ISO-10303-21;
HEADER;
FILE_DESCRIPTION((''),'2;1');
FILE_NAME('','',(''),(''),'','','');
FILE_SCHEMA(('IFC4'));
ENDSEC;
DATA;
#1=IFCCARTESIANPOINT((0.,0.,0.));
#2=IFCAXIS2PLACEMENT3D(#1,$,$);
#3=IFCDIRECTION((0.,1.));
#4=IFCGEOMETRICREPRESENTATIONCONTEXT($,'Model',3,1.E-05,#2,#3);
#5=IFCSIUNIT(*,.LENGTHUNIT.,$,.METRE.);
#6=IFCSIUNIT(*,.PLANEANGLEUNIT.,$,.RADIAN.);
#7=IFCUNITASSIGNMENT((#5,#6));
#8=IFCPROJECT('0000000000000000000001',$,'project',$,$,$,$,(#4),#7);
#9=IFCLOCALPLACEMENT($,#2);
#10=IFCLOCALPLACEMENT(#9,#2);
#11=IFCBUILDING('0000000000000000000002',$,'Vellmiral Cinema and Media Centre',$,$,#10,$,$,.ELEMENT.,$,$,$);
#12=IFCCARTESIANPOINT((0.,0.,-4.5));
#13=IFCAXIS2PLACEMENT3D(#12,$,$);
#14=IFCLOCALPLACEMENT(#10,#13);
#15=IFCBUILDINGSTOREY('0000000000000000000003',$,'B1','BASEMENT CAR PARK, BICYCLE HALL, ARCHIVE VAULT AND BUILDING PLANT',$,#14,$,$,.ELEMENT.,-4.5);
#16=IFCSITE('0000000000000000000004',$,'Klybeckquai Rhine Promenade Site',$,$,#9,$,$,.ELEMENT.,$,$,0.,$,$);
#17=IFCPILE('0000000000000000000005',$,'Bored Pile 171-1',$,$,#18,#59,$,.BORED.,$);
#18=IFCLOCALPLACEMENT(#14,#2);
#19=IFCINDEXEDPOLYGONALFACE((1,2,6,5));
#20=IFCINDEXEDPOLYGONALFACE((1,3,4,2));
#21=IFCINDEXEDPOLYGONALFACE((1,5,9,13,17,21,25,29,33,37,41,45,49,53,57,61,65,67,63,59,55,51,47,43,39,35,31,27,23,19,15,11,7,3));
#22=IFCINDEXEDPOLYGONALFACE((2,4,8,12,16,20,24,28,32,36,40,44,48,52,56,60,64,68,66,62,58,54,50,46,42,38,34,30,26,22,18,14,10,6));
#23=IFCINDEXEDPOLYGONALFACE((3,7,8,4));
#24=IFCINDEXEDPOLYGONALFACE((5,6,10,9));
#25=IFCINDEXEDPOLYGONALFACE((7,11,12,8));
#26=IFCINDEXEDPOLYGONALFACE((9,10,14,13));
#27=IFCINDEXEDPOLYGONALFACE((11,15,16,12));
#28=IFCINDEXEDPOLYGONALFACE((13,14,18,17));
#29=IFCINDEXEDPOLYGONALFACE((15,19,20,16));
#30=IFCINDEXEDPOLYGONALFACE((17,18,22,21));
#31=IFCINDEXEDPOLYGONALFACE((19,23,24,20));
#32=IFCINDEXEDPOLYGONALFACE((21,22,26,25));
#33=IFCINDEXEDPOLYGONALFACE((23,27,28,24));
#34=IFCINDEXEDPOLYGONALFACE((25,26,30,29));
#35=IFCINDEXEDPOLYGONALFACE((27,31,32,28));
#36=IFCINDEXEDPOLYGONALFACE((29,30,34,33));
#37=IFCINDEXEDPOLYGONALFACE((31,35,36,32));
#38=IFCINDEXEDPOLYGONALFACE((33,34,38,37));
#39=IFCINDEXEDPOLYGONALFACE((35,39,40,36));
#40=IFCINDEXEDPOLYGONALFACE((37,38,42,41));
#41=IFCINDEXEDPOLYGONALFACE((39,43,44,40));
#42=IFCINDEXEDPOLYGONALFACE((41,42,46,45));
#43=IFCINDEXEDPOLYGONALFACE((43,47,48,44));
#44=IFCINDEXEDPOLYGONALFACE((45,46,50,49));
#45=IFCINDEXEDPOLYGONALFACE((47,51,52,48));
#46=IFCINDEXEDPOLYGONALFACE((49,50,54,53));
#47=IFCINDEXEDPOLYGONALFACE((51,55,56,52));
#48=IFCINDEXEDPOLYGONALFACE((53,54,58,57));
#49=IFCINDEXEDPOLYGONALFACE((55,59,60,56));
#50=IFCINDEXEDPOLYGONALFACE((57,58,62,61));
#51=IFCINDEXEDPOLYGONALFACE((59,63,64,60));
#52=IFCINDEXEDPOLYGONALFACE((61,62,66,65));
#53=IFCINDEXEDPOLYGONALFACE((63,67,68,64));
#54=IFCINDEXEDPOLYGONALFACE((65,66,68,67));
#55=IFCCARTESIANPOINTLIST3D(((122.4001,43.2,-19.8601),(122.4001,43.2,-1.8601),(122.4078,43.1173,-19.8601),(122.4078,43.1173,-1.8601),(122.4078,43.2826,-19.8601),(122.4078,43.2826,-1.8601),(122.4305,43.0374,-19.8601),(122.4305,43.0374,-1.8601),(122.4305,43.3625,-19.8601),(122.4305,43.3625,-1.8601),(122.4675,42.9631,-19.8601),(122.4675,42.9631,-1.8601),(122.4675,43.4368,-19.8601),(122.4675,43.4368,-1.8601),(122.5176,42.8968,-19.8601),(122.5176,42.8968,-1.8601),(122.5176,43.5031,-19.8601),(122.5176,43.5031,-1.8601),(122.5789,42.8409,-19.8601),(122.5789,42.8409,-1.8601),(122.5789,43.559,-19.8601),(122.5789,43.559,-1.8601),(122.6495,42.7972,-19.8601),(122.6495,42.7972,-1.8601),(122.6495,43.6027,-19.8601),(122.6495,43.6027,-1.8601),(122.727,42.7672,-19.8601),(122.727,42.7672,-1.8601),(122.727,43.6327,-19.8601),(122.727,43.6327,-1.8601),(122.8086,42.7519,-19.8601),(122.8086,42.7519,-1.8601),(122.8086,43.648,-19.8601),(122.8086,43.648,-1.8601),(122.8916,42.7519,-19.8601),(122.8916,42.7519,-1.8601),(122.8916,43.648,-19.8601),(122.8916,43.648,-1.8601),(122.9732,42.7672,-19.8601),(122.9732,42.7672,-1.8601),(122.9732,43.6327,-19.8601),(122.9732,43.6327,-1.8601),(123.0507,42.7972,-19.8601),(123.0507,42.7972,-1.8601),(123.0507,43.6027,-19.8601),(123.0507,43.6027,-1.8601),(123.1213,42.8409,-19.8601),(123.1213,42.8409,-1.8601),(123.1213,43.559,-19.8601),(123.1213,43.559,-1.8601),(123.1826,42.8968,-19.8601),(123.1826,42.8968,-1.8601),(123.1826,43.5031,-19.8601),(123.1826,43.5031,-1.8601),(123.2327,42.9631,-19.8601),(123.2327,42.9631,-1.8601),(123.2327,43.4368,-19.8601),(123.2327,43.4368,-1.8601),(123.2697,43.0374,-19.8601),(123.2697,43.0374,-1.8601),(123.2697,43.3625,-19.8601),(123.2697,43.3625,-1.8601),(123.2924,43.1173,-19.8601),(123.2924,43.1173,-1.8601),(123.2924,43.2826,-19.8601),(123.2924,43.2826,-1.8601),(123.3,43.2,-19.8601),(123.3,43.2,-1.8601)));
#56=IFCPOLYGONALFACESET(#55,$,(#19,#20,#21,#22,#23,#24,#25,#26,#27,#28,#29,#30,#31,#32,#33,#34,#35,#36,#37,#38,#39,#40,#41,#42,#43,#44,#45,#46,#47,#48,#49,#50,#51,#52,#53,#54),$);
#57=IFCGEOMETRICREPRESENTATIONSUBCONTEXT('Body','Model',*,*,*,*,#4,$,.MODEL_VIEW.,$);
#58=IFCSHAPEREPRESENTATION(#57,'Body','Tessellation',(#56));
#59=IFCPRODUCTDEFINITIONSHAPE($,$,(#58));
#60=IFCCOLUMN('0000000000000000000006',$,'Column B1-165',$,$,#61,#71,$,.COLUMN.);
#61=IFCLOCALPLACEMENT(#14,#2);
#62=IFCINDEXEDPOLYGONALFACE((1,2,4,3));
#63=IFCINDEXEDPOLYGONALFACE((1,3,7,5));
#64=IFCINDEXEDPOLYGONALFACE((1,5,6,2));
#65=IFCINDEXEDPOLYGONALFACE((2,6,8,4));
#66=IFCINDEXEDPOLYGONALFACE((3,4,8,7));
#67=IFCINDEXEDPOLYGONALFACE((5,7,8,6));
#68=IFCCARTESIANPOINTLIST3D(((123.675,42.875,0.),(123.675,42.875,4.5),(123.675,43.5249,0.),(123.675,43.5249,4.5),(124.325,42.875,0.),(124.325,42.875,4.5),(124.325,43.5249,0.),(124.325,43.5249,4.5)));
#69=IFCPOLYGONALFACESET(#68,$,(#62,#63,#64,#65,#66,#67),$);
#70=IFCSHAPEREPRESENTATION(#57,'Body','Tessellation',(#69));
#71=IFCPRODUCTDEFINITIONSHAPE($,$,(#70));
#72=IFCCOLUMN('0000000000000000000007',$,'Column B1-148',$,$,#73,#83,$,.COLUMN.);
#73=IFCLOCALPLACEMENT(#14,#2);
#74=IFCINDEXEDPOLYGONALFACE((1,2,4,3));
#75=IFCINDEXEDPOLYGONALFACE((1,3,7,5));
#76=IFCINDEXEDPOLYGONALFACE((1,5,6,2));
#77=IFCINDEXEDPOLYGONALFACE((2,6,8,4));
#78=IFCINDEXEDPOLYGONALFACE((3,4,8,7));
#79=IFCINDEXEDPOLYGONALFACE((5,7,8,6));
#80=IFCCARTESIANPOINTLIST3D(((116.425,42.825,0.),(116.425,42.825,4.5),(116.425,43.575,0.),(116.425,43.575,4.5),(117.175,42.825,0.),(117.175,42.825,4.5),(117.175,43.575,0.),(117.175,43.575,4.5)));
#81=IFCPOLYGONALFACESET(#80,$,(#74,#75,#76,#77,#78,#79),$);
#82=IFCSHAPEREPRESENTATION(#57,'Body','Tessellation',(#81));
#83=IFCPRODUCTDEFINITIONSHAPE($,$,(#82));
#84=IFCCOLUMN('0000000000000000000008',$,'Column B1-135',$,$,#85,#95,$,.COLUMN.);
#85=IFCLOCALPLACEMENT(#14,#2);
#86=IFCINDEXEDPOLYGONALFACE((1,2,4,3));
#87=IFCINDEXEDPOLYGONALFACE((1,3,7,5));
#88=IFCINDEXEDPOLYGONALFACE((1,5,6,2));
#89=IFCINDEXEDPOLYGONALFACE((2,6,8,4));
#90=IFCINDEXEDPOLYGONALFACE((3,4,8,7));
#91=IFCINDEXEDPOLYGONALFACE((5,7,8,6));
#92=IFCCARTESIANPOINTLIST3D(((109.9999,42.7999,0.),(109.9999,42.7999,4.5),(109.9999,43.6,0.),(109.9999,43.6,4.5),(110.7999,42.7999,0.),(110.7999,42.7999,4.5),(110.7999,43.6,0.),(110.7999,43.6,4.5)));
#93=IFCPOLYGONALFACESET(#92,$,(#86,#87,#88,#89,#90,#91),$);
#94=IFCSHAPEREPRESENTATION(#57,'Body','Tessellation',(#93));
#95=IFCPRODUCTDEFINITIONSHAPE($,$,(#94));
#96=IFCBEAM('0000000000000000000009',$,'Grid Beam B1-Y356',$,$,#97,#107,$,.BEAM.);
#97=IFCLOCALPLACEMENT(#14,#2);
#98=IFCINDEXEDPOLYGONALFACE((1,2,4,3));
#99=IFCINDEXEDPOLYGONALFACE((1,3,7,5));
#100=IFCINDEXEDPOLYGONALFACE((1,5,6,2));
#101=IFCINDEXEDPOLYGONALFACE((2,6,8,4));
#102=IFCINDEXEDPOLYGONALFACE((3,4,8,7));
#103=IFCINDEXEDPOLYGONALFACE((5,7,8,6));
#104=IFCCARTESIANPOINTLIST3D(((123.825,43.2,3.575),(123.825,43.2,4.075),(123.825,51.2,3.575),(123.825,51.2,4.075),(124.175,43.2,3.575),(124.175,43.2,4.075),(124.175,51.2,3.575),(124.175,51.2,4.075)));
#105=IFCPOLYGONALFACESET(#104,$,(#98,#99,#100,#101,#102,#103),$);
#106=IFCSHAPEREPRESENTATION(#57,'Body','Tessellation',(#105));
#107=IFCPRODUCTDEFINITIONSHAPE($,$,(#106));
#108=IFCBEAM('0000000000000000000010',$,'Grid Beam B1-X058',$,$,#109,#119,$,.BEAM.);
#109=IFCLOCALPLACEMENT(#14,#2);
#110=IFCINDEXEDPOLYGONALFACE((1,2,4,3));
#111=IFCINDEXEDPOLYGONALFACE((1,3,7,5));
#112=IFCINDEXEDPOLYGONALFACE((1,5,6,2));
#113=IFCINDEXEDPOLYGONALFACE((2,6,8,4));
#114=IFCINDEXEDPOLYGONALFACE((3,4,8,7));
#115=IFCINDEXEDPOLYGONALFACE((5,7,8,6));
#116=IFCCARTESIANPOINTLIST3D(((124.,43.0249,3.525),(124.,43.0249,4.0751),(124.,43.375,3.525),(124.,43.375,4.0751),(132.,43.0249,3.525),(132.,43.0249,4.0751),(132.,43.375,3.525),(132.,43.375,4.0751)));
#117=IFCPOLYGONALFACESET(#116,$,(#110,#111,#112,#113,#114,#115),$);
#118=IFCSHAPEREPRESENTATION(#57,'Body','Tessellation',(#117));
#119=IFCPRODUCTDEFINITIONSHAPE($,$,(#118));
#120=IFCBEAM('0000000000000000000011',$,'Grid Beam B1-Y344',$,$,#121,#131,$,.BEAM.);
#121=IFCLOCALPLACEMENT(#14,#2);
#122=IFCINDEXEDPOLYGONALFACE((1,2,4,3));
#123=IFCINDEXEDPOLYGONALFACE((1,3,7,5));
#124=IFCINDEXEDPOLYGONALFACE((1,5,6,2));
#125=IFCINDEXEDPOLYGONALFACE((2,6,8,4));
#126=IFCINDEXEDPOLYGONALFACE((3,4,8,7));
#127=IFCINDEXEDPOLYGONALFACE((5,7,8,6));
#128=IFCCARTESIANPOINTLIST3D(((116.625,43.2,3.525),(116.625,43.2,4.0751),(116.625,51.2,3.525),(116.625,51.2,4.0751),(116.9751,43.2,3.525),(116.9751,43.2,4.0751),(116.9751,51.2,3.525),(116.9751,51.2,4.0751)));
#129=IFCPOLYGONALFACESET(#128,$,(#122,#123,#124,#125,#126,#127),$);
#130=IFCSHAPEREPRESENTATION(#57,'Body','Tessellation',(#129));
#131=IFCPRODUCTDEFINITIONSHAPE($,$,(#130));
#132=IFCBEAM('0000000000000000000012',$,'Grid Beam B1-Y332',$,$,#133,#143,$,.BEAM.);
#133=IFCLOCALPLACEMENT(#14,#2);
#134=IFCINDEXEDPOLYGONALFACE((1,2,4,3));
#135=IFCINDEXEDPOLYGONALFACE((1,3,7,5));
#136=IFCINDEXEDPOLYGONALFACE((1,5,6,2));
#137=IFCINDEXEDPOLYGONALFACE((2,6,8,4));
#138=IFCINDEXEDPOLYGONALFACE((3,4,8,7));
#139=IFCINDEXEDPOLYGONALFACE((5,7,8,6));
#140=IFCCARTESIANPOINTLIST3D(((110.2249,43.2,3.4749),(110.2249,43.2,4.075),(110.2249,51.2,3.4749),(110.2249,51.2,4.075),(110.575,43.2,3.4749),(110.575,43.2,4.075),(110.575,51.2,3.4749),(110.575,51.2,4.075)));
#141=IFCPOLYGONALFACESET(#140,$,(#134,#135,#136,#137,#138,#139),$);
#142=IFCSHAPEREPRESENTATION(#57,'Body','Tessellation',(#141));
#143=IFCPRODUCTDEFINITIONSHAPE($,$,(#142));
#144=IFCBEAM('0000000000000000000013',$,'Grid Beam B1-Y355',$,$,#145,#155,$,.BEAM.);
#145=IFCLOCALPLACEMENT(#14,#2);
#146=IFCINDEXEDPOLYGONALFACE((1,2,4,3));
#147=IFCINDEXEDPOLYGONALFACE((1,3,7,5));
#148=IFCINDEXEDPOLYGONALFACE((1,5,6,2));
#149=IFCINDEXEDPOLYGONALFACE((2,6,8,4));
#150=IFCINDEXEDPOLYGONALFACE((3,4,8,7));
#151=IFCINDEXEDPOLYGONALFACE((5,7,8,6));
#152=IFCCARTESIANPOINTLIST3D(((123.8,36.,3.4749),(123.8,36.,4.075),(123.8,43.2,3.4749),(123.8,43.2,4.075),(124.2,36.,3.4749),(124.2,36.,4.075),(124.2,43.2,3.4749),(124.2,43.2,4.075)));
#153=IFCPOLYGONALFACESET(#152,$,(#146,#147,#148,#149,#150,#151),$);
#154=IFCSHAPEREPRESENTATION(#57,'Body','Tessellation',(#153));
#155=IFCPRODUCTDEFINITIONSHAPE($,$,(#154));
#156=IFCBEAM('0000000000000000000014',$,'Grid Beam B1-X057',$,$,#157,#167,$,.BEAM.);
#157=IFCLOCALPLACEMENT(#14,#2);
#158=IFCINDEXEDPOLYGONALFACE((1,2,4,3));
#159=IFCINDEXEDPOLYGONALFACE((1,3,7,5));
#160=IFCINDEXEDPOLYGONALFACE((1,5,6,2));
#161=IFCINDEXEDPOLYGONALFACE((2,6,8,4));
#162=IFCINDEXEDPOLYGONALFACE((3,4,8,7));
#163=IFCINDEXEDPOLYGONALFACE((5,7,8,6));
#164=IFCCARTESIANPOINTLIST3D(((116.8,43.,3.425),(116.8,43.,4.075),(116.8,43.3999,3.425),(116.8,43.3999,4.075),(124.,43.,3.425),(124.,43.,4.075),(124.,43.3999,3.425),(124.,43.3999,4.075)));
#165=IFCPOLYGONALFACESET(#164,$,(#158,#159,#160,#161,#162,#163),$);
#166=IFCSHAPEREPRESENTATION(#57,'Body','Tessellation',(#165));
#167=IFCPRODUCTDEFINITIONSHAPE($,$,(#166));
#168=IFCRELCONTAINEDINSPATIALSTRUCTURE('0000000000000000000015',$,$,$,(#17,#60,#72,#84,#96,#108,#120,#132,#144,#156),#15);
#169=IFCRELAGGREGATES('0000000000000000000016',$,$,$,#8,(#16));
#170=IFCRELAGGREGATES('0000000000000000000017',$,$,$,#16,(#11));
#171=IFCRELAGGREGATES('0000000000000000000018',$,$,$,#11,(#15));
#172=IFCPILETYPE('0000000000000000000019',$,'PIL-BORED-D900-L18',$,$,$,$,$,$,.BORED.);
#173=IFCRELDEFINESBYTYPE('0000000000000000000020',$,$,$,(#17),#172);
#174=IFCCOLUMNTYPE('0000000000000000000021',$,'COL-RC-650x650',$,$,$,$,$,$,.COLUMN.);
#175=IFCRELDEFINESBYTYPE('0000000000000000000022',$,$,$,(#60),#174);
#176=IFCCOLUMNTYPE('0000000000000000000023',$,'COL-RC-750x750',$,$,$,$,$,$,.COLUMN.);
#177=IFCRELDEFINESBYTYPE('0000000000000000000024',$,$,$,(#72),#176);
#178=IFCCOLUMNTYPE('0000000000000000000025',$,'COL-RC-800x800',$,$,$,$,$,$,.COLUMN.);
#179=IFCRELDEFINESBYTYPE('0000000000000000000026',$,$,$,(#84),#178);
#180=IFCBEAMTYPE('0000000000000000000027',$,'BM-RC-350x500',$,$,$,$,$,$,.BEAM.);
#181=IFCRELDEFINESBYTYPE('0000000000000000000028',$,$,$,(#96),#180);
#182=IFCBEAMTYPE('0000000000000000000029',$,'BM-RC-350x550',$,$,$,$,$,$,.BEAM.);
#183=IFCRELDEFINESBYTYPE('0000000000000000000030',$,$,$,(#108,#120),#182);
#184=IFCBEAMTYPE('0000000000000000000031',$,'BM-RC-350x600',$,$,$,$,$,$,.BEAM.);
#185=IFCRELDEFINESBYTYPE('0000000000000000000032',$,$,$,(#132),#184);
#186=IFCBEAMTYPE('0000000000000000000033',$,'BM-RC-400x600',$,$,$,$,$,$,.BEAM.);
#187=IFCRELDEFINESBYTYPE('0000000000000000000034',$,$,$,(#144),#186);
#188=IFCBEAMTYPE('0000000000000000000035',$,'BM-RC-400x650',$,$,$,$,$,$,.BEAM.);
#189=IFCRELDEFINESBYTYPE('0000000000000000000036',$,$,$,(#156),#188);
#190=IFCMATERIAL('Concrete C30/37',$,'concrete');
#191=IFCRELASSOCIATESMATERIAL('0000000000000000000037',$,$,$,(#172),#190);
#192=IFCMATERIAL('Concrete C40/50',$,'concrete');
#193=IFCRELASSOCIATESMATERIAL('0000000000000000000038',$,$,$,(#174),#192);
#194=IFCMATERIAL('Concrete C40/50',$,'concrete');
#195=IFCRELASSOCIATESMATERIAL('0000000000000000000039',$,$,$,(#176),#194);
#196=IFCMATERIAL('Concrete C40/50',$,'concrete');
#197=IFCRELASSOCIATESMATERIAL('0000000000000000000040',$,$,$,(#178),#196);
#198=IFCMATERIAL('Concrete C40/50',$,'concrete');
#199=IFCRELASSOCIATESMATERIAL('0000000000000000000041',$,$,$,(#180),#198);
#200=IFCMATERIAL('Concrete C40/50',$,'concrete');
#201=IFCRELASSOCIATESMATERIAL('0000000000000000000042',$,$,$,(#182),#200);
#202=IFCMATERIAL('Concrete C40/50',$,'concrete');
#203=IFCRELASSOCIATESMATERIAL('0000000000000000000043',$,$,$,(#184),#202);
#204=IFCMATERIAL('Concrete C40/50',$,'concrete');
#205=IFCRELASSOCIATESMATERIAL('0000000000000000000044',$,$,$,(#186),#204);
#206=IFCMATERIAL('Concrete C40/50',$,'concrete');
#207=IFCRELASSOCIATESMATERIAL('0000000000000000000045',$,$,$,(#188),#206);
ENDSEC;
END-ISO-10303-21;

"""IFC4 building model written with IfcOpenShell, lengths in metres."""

from ifc_helpers import new_model, si_unit, direction, frame, origin, origin_2d, place, context, subcontext, project, spatial, rectangle, circle, extrude, material, material_profile, profile_set, type_object, element, save


model = new_model("IFC4")

# Units and contexts
model_context = context("Model", 3, precision=1e-05, world=origin(), true_north=direction((0.0, 1.0)))
body_context = subcontext(model_context, "Body", "Model", "MODEL_VIEW")
ifc_project = project(units=[si_unit("LENGTHUNIT", "METRE"), si_unit("PLANEANGLEUNIT", "RADIAN")], contexts=[model_context])

# Site, building, storey
site_placement = place(None, origin())
site = spatial("IfcSite", under=ifc_project, at=site_placement, Name="Klybeckquai Rhine Promenade Site", CompositionType="ELEMENT", RefElevation=0.0)
building_placement = place(site_placement, origin())
building = spatial("IfcBuilding", under=site, at=building_placement, Name="Vellmiral Cinema and Media Centre", CompositionType="ELEMENT")
storey_placement = place(building_placement, frame((0.0, 0.0, -4.5)))
storey = spatial("IfcBuildingStorey", under=building, at=storey_placement, Name="B1", Description="BASEMENT CAR PARK, BICYCLE HALL, ARCHIVE VAULT AND BUILDING PLANT", CompositionType="ELEMENT", Elevation=-4.5)

# Pile
ifc_material_1 = material(Name="Concrete C30/37", Category="concrete")
ifc_material_profile_1 = material_profile(ifc_material_1, circle(Radius=0.45, at=origin_2d()), Name="PILE D900")
ifc_profile_set_1 = profile_set([ifc_material_profile_1], Name="Concrete C30/37")
pile_type_1 = type_object("IfcPileType", Name="PIL-BORED-D900-L18", PredefinedType="BORED", material=ifc_profile_set_1)
pile_placement = place(storey_placement, frame((122.8501, 43.2, -1.8601), z_axis=(0.0, 0.0, -1.0), x_axis=(1.0, 0.0, 0.0)))
element("IfcPile", 1, at=pile_placement, inside=storey, type_object=pile_type_1, Name="Bored Pile 171-1", PredefinedType="BORED", context=body_context, shape_type="SweptSolid", body=[
    extrude(circle(Radius=0.45, at=origin_2d()), origin(), (0.0, 0.0, 1.0), 18.0),
])

# Columns
ifc_material_2 = material(Name="Concrete C40/50", Category="concrete")
ifc_material_profile_2 = material_profile(ifc_material_2, rectangle(XDim=0.6499, YDim=0.6499, at=origin_2d()), Name="RC 650x650")
ifc_profile_set_2 = profile_set([ifc_material_profile_2], Name="Concrete C40/50")
column_type_1 = type_object("IfcColumnType", Name="COL-RC-650x650", PredefinedType="COLUMN", material=ifc_profile_set_2)
column_1_placement = place(storey_placement, frame((124.0, 43.2, 0.0), z_axis=(0.0, 0.0, 1.0), x_axis=(1.0, 0.0, 0.0)))
element("IfcColumn", 2, at=column_1_placement, inside=storey, type_object=column_type_1, Name="Column B1-165", PredefinedType="COLUMN", context=body_context, shape_type="SweptSolid", body=[
    extrude(rectangle(XDim=0.6499, YDim=0.6499, at=origin_2d()), origin(), (0.0, 0.0, 1.0), 4.5),
])
ifc_material_3 = material(Name="Concrete C40/50", Category="concrete")
ifc_material_profile_3 = material_profile(ifc_material_3, rectangle(XDim=0.75, YDim=0.75, at=origin_2d()), Name="RC 750x750")
ifc_profile_set_3 = profile_set([ifc_material_profile_3], Name="Concrete C40/50")
column_type_2 = type_object("IfcColumnType", Name="COL-RC-750x750", PredefinedType="COLUMN", material=ifc_profile_set_3)
column_2_placement = place(storey_placement, frame((116.8, 43.2, 0.0), z_axis=(0.0, 0.0, 1.0), x_axis=(1.0, 0.0, 0.0)))
element("IfcColumn", 3, at=column_2_placement, inside=storey, type_object=column_type_2, Name="Column B1-148", PredefinedType="COLUMN", context=body_context, shape_type="SweptSolid", body=[
    extrude(rectangle(XDim=0.75, YDim=0.75, at=origin_2d()), origin(), (0.0, 0.0, 1.0), 4.5),
])
ifc_material_4 = material(Name="Concrete C40/50", Category="concrete")
ifc_material_profile_4 = material_profile(ifc_material_4, rectangle(XDim=0.8, YDim=0.8, at=origin_2d()), Name="RC 800x800")
ifc_profile_set_4 = profile_set([ifc_material_profile_4], Name="Concrete C40/50")
column_type_3 = type_object("IfcColumnType", Name="COL-RC-800x800", PredefinedType="COLUMN", material=ifc_profile_set_4)
column_3_placement = place(storey_placement, frame((110.3999, 43.2, 0.0), z_axis=(0.0, 0.0, 1.0), x_axis=(1.0, 0.0, 0.0)))
element("IfcColumn", 4, at=column_3_placement, inside=storey, type_object=column_type_3, Name="Column B1-135", PredefinedType="COLUMN", context=body_context, shape_type="SweptSolid", body=[
    extrude(rectangle(XDim=0.8, YDim=0.8, at=origin_2d()), origin(), (0.0, 0.0, 1.0), 4.5),
])

# Beams
ifc_material_5 = material(Name="Concrete C40/50", Category="concrete")
ifc_material_profile_5 = material_profile(ifc_material_5, rectangle(XDim=0.3501, YDim=0.5, at=origin_2d()), Name="RC 350x500")
ifc_profile_set_5 = profile_set([ifc_material_profile_5], Name="Concrete C40/50")
beam_type_1 = type_object("IfcBeamType", Name="BM-RC-350x500", PredefinedType="BEAM", material=ifc_profile_set_5)
beam_1_placement = place(storey_placement, frame((124.0, 43.2, 3.825), z_axis=(0.0, 1.0, 0.0), x_axis=(-1.0, 0.0, 0.0)))
element("IfcBeam", 5, at=beam_1_placement, inside=storey, type_object=beam_type_1, Name="Grid Beam B1-Y356", PredefinedType="BEAM", context=body_context, shape_type="SweptSolid", body=[
    extrude(rectangle(XDim=0.3501, YDim=0.5, at=origin_2d()), origin(), (0.0, 0.0, 1.0), 8.0),
])
ifc_material_6 = material(Name="Concrete C40/50", Category="concrete")
ifc_material_profile_6 = material_profile(ifc_material_6, rectangle(XDim=0.3501, YDim=0.55, at=origin_2d()), Name="RC 350x550")
ifc_profile_set_6 = profile_set([ifc_material_profile_6], Name="Concrete C40/50")
beam_type_2 = type_object("IfcBeamType", Name="BM-RC-350x550", PredefinedType="BEAM", material=ifc_profile_set_6)
for number, where, z_axis, x_axis, name in (
    (6, (124.0, 43.2, 3.8), (1.0, 0.0, 0.0), (0.0, 1.0, 0.0), "Grid Beam B1-X058"),
    (7, (116.8, 43.2, 3.8), (0.0, 1.0, 0.0), (-1.0, 0.0, 0.0), "Grid Beam B1-Y344"),
):
    element("IfcBeam", number, at=place(storey_placement, frame(where, z_axis=z_axis, x_axis=x_axis)), inside=storey, type_object=beam_type_2, Name=name, PredefinedType="BEAM", context=body_context, shape_type="SweptSolid", body=[
        extrude(rectangle(XDim=0.3501, YDim=0.55, at=origin_2d()), origin(), (0.0, 0.0, 1.0), 8.0),
    ])
ifc_material_7 = material(Name="Concrete C40/50", Category="concrete")
ifc_material_profile_7 = material_profile(ifc_material_7, rectangle(XDim=0.3501, YDim=0.6001, at=origin_2d()), Name="RC 350x600")
ifc_profile_set_7 = profile_set([ifc_material_profile_7], Name="Concrete C40/50")
beam_type_3 = type_object("IfcBeamType", Name="BM-RC-350x600", PredefinedType="BEAM", material=ifc_profile_set_7)
beam_2_placement = place(storey_placement, frame((110.3999, 43.2, 3.7749), z_axis=(0.0, 1.0, 0.0), x_axis=(-1.0, 0.0, 0.0)))
element("IfcBeam", 8, at=beam_2_placement, inside=storey, type_object=beam_type_3, Name="Grid Beam B1-Y332", PredefinedType="BEAM", context=body_context, shape_type="SweptSolid", body=[
    extrude(rectangle(XDim=0.3501, YDim=0.6001, at=origin_2d()), origin(), (0.0, 0.0, 1.0), 8.0),
])
ifc_material_8 = material(Name="Concrete C40/50", Category="concrete")
ifc_material_profile_8 = material_profile(ifc_material_8, rectangle(XDim=0.3999, YDim=0.6001, at=origin_2d()), Name="RC 400x600")
ifc_profile_set_8 = profile_set([ifc_material_profile_8], Name="Concrete C40/50")
beam_type_4 = type_object("IfcBeamType", Name="BM-RC-400x600", PredefinedType="BEAM", material=ifc_profile_set_8)
beam_3_placement = place(storey_placement, frame((124.0, 36.0, 3.7749), z_axis=(0.0, 1.0, 0.0), x_axis=(-1.0, 0.0, 0.0)))
element("IfcBeam", 9, at=beam_3_placement, inside=storey, type_object=beam_type_4, Name="Grid Beam B1-Y355", PredefinedType="BEAM", context=body_context, shape_type="SweptSolid", body=[
    extrude(rectangle(XDim=0.3999, YDim=0.6001, at=origin_2d()), origin(), (0.0, 0.0, 1.0), 7.2),
])
ifc_material_9 = material(Name="Concrete C40/50", Category="concrete")
ifc_material_profile_9 = material_profile(ifc_material_9, rectangle(XDim=0.3999, YDim=0.6499, at=origin_2d()), Name="RC 400x650")
ifc_profile_set_9 = profile_set([ifc_material_profile_9], Name="Concrete C40/50")
beam_type_5 = type_object("IfcBeamType", Name="BM-RC-400x650", PredefinedType="BEAM", material=ifc_profile_set_9)
beam_4_placement = place(storey_placement, frame((116.8, 43.2, 3.75), z_axis=(1.0, 0.0, 0.0), x_axis=(0.0, 1.0, 0.0)))
element("IfcBeam", 10, at=beam_4_placement, inside=storey, type_object=beam_type_5, Name="Grid Beam B1-X057", PredefinedType="BEAM", context=body_context, shape_type="SweptSolid", body=[
    extrude(rectangle(XDim=0.3999, YDim=0.6499, at=origin_2d()), origin(), (0.0, 0.0, 1.0), 7.2),
])

save(model, "model.ifc")
